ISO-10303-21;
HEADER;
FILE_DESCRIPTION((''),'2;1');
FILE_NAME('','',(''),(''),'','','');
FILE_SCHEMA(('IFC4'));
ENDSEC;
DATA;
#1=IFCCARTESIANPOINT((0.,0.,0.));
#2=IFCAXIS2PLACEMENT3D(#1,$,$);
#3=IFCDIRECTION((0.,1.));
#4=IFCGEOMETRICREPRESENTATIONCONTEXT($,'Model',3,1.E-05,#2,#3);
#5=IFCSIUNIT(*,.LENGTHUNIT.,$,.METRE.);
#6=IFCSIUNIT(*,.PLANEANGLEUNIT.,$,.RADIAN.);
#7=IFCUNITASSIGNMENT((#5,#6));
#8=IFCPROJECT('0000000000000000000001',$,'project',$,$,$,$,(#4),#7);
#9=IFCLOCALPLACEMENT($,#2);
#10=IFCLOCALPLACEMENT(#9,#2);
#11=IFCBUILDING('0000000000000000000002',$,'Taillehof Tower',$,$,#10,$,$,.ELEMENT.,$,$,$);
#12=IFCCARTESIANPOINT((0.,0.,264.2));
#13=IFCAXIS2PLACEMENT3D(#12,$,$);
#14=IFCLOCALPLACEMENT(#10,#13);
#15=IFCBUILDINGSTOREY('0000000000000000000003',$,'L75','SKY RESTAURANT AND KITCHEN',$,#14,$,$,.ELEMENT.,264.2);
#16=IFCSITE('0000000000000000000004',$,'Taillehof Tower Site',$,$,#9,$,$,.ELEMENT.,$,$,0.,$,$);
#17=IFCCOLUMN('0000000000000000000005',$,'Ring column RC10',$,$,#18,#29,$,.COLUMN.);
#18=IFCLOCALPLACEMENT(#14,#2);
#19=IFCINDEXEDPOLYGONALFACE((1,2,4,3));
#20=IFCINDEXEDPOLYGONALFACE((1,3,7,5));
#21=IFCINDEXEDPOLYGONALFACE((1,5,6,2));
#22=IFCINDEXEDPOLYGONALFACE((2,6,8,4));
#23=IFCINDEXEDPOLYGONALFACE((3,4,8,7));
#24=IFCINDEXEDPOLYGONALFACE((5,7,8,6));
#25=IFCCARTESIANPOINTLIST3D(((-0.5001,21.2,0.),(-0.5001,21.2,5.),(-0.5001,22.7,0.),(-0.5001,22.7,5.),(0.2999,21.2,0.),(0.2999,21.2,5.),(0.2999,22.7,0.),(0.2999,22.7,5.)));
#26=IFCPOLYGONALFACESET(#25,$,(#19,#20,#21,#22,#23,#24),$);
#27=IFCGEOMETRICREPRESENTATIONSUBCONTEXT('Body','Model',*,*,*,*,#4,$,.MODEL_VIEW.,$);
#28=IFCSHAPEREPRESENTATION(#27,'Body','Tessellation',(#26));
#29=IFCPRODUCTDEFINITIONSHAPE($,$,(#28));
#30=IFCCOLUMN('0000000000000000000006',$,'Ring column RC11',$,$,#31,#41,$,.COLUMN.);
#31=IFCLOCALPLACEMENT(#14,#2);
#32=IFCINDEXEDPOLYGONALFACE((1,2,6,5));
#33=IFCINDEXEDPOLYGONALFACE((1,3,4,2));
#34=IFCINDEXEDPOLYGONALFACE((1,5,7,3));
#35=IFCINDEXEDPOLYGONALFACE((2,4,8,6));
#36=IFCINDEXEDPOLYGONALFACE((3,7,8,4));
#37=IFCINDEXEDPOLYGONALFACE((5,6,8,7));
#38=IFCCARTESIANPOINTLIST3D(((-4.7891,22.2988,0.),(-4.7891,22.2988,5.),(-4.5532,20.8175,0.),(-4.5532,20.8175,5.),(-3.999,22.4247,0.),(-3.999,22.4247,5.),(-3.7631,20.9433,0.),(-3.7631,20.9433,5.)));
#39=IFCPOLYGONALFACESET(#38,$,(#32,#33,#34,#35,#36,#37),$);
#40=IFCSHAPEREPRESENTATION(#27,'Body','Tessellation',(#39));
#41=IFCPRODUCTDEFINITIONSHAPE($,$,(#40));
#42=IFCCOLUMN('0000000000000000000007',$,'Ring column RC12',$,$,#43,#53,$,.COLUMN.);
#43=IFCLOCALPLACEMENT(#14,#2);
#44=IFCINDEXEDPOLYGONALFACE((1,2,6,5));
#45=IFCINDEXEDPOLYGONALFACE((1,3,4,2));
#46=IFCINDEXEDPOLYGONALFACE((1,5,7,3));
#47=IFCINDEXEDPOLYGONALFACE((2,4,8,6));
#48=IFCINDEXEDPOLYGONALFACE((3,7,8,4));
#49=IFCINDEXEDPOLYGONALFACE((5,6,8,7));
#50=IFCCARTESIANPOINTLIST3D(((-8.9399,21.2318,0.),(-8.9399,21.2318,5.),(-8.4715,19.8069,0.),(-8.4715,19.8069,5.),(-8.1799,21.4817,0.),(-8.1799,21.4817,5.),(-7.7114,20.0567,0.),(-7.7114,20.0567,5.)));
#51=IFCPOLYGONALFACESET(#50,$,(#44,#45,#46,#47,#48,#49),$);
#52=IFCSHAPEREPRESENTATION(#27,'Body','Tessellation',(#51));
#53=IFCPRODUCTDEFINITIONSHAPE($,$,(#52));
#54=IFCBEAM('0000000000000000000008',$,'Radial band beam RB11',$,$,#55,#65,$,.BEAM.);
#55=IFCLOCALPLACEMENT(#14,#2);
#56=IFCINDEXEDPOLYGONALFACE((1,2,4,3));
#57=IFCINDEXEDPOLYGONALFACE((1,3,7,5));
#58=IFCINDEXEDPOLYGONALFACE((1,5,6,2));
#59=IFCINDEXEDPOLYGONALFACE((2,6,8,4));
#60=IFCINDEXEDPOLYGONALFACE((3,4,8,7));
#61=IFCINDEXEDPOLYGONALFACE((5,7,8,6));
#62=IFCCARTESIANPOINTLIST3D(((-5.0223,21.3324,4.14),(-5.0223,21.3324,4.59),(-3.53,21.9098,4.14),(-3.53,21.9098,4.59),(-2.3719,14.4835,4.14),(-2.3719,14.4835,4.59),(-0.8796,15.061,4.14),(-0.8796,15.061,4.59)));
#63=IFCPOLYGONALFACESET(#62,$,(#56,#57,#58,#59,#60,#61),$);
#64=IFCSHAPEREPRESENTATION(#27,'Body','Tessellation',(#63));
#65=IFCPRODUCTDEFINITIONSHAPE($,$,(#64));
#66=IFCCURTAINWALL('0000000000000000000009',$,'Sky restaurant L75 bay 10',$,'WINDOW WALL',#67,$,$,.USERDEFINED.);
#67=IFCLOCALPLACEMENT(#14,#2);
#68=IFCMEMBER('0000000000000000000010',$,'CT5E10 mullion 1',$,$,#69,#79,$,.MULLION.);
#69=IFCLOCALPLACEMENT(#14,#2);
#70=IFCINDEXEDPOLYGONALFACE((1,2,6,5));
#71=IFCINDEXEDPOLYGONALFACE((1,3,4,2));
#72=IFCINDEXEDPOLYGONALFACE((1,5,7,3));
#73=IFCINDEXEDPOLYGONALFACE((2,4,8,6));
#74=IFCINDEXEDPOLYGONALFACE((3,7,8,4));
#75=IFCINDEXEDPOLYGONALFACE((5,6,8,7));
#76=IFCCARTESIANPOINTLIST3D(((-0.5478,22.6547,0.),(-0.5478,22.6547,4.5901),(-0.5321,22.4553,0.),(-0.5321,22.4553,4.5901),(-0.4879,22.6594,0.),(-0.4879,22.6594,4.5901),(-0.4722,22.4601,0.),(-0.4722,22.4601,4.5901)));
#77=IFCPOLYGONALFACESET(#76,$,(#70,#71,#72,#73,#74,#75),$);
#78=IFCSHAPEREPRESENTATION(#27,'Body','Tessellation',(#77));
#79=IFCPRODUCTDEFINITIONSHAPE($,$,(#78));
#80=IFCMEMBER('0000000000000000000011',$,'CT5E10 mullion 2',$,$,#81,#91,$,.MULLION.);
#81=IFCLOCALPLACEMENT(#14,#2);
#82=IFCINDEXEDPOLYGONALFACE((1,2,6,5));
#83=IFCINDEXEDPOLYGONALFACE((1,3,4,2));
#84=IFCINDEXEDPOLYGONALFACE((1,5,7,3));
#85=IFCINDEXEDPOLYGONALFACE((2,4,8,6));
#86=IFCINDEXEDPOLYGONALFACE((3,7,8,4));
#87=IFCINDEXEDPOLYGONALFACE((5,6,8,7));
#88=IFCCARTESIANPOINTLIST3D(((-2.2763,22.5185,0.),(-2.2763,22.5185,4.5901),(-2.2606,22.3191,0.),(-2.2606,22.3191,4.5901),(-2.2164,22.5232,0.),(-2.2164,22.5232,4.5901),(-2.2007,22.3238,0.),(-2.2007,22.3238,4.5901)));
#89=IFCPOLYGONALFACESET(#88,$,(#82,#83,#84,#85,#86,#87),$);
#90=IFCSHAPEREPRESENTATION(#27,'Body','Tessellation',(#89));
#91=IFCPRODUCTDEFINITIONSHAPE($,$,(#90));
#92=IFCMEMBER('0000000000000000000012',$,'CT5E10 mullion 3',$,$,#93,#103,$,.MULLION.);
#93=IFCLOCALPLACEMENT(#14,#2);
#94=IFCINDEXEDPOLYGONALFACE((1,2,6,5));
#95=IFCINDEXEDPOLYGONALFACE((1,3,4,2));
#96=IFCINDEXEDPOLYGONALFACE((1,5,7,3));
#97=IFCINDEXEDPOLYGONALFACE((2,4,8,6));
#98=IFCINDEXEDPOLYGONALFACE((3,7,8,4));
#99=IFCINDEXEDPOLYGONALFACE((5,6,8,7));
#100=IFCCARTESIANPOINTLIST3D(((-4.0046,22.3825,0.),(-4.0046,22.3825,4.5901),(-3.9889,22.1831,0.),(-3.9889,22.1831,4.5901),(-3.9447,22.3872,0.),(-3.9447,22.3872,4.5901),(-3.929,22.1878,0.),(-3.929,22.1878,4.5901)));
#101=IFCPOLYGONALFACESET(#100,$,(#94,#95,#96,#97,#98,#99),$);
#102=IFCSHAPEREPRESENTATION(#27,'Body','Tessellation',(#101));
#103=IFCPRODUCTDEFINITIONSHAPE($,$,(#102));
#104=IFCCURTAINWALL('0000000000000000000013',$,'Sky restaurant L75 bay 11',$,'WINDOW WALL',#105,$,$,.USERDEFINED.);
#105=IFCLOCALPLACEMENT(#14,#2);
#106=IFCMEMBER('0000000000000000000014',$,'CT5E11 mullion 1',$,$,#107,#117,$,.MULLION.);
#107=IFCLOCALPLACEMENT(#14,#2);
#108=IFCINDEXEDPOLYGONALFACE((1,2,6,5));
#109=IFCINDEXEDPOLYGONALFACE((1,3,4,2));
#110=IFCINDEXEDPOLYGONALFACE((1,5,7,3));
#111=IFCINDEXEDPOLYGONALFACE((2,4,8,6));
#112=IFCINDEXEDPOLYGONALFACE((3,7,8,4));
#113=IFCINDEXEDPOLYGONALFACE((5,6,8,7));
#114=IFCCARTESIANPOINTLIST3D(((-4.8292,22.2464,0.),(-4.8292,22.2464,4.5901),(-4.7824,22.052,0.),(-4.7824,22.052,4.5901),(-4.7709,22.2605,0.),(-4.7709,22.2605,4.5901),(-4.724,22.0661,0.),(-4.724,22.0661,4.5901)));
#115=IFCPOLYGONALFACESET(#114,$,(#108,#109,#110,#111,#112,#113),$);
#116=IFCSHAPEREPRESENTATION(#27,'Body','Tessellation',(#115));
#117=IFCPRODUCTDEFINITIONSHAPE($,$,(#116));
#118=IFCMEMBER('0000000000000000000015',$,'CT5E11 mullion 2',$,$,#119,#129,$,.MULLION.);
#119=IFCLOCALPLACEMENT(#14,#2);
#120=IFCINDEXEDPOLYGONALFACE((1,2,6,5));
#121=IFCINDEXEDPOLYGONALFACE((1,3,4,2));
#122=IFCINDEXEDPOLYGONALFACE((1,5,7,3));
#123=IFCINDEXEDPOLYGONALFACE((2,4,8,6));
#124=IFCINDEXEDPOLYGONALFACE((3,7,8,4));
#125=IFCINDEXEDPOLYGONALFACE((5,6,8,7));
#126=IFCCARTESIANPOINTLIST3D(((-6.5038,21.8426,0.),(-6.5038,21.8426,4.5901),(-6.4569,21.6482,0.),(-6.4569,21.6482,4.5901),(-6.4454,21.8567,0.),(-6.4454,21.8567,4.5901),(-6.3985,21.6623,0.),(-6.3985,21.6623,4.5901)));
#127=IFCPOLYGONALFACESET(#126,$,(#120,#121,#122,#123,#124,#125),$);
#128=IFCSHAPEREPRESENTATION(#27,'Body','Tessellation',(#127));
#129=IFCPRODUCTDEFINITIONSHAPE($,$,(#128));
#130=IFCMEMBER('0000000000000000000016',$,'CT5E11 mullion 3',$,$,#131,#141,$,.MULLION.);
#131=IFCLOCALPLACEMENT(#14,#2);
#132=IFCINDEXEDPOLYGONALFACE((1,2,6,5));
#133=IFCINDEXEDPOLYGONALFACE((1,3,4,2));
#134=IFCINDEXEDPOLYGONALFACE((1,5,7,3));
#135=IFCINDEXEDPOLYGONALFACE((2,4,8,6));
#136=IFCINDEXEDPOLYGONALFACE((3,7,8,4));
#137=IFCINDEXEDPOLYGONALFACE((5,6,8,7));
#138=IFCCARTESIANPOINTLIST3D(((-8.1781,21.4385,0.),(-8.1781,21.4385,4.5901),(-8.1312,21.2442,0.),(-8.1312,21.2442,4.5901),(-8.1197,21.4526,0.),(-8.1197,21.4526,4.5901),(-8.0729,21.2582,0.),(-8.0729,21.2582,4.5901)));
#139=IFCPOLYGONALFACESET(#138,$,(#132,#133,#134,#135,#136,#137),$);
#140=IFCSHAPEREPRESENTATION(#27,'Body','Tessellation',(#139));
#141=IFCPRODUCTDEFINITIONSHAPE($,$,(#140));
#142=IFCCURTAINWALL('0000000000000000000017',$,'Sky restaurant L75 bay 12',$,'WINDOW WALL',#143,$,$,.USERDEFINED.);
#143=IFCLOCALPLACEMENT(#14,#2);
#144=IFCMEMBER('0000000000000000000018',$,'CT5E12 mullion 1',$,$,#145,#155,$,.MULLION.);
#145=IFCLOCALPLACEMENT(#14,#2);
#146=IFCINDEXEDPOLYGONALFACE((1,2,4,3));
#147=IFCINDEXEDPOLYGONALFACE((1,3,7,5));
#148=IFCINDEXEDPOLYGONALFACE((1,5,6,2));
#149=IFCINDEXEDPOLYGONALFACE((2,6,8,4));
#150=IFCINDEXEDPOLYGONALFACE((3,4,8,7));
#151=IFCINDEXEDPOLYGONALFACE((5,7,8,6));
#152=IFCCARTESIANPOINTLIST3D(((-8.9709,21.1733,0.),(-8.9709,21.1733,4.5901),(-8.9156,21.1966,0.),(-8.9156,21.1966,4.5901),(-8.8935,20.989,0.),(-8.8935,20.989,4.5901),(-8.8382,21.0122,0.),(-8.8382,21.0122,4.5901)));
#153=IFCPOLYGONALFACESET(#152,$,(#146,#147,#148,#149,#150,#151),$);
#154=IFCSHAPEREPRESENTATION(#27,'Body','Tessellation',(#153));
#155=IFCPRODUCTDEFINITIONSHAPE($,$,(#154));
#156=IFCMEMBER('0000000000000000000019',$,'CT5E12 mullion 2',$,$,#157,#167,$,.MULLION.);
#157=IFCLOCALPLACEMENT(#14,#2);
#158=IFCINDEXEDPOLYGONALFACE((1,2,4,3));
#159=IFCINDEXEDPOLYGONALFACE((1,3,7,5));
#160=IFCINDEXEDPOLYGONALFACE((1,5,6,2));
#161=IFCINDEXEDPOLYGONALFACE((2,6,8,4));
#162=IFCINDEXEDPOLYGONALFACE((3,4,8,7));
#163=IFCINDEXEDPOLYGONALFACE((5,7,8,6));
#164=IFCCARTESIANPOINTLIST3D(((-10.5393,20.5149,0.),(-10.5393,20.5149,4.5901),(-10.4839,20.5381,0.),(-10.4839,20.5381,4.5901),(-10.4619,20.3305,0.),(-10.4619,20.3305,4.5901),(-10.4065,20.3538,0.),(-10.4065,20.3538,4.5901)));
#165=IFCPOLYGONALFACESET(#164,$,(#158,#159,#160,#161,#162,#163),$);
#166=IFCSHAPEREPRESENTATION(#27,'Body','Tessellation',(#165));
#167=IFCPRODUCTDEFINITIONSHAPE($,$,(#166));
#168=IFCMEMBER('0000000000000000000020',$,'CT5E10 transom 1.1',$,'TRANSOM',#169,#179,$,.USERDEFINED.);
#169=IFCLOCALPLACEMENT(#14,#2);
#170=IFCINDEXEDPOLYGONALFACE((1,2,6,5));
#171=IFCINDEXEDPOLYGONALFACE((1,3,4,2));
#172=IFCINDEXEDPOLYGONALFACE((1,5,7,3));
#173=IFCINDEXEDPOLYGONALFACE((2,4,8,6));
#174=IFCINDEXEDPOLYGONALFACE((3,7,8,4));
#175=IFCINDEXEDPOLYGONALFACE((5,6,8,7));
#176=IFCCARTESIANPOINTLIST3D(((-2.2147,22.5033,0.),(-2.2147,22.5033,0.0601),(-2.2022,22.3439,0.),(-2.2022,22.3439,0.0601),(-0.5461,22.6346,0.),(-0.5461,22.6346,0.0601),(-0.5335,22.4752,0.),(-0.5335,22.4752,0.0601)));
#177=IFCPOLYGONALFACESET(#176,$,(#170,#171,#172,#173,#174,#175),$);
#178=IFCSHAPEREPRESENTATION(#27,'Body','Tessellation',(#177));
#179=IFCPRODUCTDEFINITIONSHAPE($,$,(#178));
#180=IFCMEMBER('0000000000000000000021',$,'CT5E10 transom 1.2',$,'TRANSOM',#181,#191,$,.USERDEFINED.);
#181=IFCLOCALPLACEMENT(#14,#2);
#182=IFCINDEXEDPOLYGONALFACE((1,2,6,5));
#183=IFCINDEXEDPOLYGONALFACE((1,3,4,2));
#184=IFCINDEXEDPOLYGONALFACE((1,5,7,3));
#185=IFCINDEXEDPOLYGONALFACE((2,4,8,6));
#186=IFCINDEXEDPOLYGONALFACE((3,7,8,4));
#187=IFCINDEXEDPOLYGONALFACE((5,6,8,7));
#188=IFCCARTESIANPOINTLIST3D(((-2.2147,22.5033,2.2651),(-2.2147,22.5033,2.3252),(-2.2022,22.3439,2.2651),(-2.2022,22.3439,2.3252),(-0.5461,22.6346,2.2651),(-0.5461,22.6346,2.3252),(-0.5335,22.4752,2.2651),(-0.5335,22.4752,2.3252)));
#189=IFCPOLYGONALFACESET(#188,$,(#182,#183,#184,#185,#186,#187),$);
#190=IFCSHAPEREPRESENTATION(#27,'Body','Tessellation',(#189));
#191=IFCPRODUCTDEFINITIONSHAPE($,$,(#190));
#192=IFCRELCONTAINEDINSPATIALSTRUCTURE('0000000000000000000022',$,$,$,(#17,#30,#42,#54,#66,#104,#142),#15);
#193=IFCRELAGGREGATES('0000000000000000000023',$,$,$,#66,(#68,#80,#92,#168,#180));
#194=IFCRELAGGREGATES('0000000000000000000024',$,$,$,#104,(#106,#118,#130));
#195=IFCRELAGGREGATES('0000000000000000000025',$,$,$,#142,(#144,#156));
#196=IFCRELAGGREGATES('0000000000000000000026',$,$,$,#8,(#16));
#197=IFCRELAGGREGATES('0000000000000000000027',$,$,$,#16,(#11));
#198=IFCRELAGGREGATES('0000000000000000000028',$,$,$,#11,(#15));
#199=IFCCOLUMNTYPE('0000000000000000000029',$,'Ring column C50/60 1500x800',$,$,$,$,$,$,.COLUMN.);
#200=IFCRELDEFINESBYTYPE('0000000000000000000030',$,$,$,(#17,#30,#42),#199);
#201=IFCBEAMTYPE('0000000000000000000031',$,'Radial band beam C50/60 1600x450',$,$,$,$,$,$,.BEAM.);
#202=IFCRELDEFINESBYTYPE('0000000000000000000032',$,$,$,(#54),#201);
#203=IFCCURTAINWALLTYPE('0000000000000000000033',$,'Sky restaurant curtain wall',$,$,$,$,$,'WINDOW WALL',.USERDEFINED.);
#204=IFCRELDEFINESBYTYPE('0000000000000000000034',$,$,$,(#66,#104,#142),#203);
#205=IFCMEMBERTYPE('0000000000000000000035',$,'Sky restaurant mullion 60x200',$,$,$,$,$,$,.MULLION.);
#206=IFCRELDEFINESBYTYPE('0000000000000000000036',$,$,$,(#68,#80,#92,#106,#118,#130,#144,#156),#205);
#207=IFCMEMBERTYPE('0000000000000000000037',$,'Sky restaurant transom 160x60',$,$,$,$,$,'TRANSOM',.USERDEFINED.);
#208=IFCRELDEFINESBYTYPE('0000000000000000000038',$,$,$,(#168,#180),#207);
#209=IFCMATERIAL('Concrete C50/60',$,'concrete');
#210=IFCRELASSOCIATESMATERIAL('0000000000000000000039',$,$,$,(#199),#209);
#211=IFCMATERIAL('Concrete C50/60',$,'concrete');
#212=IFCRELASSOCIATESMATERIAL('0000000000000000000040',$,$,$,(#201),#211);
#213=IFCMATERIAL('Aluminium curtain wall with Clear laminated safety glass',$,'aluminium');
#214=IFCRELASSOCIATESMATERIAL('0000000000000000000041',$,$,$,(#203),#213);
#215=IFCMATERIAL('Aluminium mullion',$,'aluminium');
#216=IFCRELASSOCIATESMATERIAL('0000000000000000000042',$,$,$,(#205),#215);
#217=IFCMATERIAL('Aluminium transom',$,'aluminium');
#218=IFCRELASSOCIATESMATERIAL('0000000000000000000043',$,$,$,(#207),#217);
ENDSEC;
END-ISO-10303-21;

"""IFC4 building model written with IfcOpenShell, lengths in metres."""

from ifc_helpers import new_model, si_unit, direction, frame, origin, origin_2d, place, context, subcontext, project, spatial, rectangle, extrude, material, material_profile, profile_set, type_object, element, aggregate, save


model = new_model("IFC4")

# Units and contexts
model_context = context("Model", 3, precision=1e-05, world=origin(), true_north=direction((0.0, 1.0)))
body_context = subcontext(model_context, "Body", "Model", "MODEL_VIEW")
ifc_project = project(units=[si_unit("LENGTHUNIT", "METRE"), si_unit("PLANEANGLEUNIT", "RADIAN")], contexts=[model_context])

# Site, building, storey
site_placement = place(None, origin())
site = spatial("IfcSite", under=ifc_project, at=site_placement, Name="Taillehof Tower Site", CompositionType="ELEMENT", RefElevation=0.0)
building_placement = place(site_placement, origin())
building = spatial("IfcBuilding", under=site, at=building_placement, Name="Taillehof Tower", CompositionType="ELEMENT")
storey_placement = place(building_placement, frame((0.0, 0.0, 264.2)))
storey = spatial("IfcBuildingStorey", under=building, at=storey_placement, Name="L75", Description="SKY RESTAURANT AND KITCHEN", CompositionType="ELEMENT", Elevation=264.2)

# Columns
ifc_material_1 = material(Name="Concrete C50/60", Category="concrete")
ifc_material_profile_1 = material_profile(ifc_material_1, rectangle(XDim=1.5, YDim=0.8, at=origin_2d()), Name="RC 1500x800")
ifc_profile_set_1 = profile_set([ifc_material_profile_1], Name="Concrete C50/60")
column_type = type_object("IfcColumnType", Name="Ring column C50/60 1500x800", PredefinedType="COLUMN", material=ifc_profile_set_1)
for number, where, z_axis, x_axis, name in (
    (1, (-0.1001, 21.95, 0.0), (0.0, 0.0, 1.0), (0.0, 1.0, 0.0), "Ring column RC10"),
    (2, (-4.2761, 21.6211, 0.0), (0.0, 0.0, 1.0), (-0.157281, 0.987554, 0.0), "Ring column RC11"),
    (3, (-8.3257, 20.6443, 0.0), (0.0, 0.0, 1.0), (-0.312304, 0.949982, 0.0), "Ring column RC12"),
):
    element("IfcColumn", number, at=place(storey_placement, frame(where, z_axis=z_axis, x_axis=x_axis)), inside=storey, type_object=column_type, Name=name, PredefinedType="COLUMN", context=body_context, shape_type="SweptSolid", body=[
        extrude(rectangle(XDim=1.5, YDim=0.8, at=origin_2d()), origin(), (0.0, 0.0, 1.0), 5.0),
    ])

# Beam
ifc_material_2 = material(Name="Concrete C50/60", Category="concrete")
ifc_material_profile_2 = material_profile(ifc_material_2, rectangle(XDim=1.6001, YDim=0.45, at=origin_2d()), Name="RC 1600x450")
ifc_profile_set_2 = profile_set([ifc_material_profile_2], Name="Concrete C50/60")
beam_type_1 = type_object("IfcBeamType", Name="Radial band beam C50/60 1600x450", PredefinedType="BEAM", material=ifc_profile_set_2)
beam_1_placement = place(storey_placement, frame((-4.2761, 21.6211, 4.365), z_axis=(0.360901, -0.932604, 0.0), x_axis=(0.932604, 0.360901, 0.0)))
element("IfcBeam", 4, at=beam_1_placement, inside=storey, type_object=beam_type_1, Name="Radial band beam RB11", PredefinedType="BEAM", context=body_context, shape_type="SweptSolid", body=[
    extrude(rectangle(XDim=1.6001, YDim=0.45, at=origin_2d()), origin(), (0.0, 0.0, 1.0), 7.3438),
])

# Curtain walls, members
ifc_material_3 = material(Name="Aluminium curtain wall with Clear laminated safety glass", Category="aluminium")
curtain_wall_type = type_object("IfcCurtainWallType", Name="Sky restaurant curtain wall", ElementType="WINDOW WALL", PredefinedType="USERDEFINED", material=ifc_material_3)
curtain_wall_1_placement = place(storey_placement, origin())
curtain_wall_1 = element("IfcCurtainWall", 5, at=curtain_wall_1_placement, inside=storey, type_object=curtain_wall_type, Name="Sky restaurant L75 bay 10", ObjectType="WINDOW WALL", PredefinedType="USERDEFINED")
ifc_material_4 = material(Name="Aluminium mullion", Category="aluminium")
ifc_material_profile_3 = material_profile(ifc_material_4, rectangle(XDim=0.2, YDim=0.0601, at=origin_2d()), Name="AL 60x200")
ifc_profile_set_3 = profile_set([ifc_material_profile_3], Name="Aluminium mullion")
member_type_1 = type_object("IfcMemberType", Name="Sky restaurant mullion 60x200", PredefinedType="MULLION", material=ifc_profile_set_3)
member_1_placement = place(storey_placement, frame((-0.51, 22.5574, 0.0), z_axis=(0.0, 0.0, 1.0), x_axis=(0.078525, -0.996912, 0.0)))
member_1 = element("IfcMember", 6, at=member_1_placement, type_object=member_type_1, Name="CT5E10 mullion 1", PredefinedType="MULLION", context=body_context, shape_type="SweptSolid", body=[
    extrude(rectangle(XDim=0.2, YDim=0.0601, at=origin_2d()), origin(), (0.0, 0.0, 1.0), 4.5901),
])
member_2_placement = place(storey_placement, frame((-2.2385, 22.4211, 0.0), z_axis=(0.0, 0.0, 1.0), x_axis=(0.078525, -0.996912, 0.0)))
member_2 = element("IfcMember", 7, at=member_2_placement, type_object=member_type_1, Name="CT5E10 mullion 2", PredefinedType="MULLION", context=body_context, shape_type="SweptSolid", body=[
    extrude(rectangle(XDim=0.2, YDim=0.0601, at=origin_2d()), origin(), (0.0, 0.0, 1.0), 4.5901),
])
member_3_placement = place(storey_placement, frame((-3.9668, 22.2852, 0.0), z_axis=(0.0, 0.0, 1.0), x_axis=(0.078525, -0.996912, 0.0)))
member_3 = element("IfcMember", 8, at=member_3_placement, type_object=member_type_1, Name="CT5E10 mullion 3", PredefinedType="MULLION", context=body_context, shape_type="SweptSolid", body=[
    extrude(rectangle(XDim=0.2, YDim=0.0601, at=origin_2d()), origin(), (0.0, 0.0, 1.0), 4.5901),
])
curtain_wall_2_placement = place(storey_placement, origin())
curtain_wall_2 = element("IfcCurtainWall", 9, at=curtain_wall_2_placement, inside=storey, type_object=curtain_wall_type, Name="Sky restaurant L75 bay 11", ObjectType="WINDOW WALL", PredefinedType="USERDEFINED")
member_4_placement = place(storey_placement, frame((-4.7766, 22.1562, 0.0), z_axis=(0.0, 0.0, 1.0), x_axis=(0.234515, -0.972113, 0.0)))
member_4 = element("IfcMember", 10, at=member_4_placement, type_object=member_type_1, Name="CT5E11 mullion 1", PredefinedType="MULLION", context=body_context, shape_type="SweptSolid", body=[
    extrude(rectangle(XDim=0.2, YDim=0.0601, at=origin_2d()), origin(), (0.0, 0.0, 1.0), 4.5901),
])
member_5_placement = place(storey_placement, frame((-6.4512, 21.7524, 0.0), z_axis=(0.0, 0.0, 1.0), x_axis=(0.234515, -0.972113, 0.0)))
member_5 = element("IfcMember", 11, at=member_5_placement, type_object=member_type_1, Name="CT5E11 mullion 2", PredefinedType="MULLION", context=body_context, shape_type="SweptSolid", body=[
    extrude(rectangle(XDim=0.2, YDim=0.0601, at=origin_2d()), origin(), (0.0, 0.0, 1.0), 4.5901),
])
member_6_placement = place(storey_placement, frame((-8.1255, 21.3484, 0.0), z_axis=(0.0, 0.0, 1.0), x_axis=(0.234515, -0.972113, 0.0)))
member_6 = element("IfcMember", 12, at=member_6_placement, type_object=member_type_1, Name="CT5E11 mullion 3", PredefinedType="MULLION", context=body_context, shape_type="SweptSolid", body=[
    extrude(rectangle(XDim=0.2, YDim=0.0601, at=origin_2d()), origin(), (0.0, 0.0, 1.0), 4.5901),
])
curtain_wall_3_placement = place(storey_placement, origin())
curtain_wall_3 = element("IfcCurtainWall", 13, at=curtain_wall_3_placement, inside=storey, type_object=curtain_wall_type, Name="Sky restaurant L75 bay 12", ObjectType="WINDOW WALL", PredefinedType="USERDEFINED")
member_7_placement = place(storey_placement, frame((-8.9045, 21.0928, 0.0), z_axis=(0.0, 0.0, 1.0), x_axis=(0.387101, -0.922037, 0.0)))
member_7 = element("IfcMember", 14, at=member_7_placement, type_object=member_type_1, Name="CT5E12 mullion 1", PredefinedType="MULLION", context=body_context, shape_type="SweptSolid", body=[
    extrude(rectangle(XDim=0.2, YDim=0.0601, at=origin_2d()), origin(), (0.0, 0.0, 1.0), 4.5901),
])
member_8_placement = place(storey_placement, frame((-10.4729, 20.4343, 0.0), z_axis=(0.0, 0.0, 1.0), x_axis=(0.387101, -0.922037, 0.0)))
member_8 = element("IfcMember", 15, at=member_8_placement, type_object=member_type_1, Name="CT5E12 mullion 2", PredefinedType="MULLION", context=body_context, shape_type="SweptSolid", body=[
    extrude(rectangle(XDim=0.2, YDim=0.0601, at=origin_2d()), origin(), (0.0, 0.0, 1.0), 4.5901),
])

# Members
ifc_material_5 = material(Name="Aluminium transom", Category="aluminium")
ifc_material_profile_4 = material_profile(ifc_material_5, rectangle(XDim=0.1599, YDim=0.0601, at=origin_2d()), Name="AL 160x60")
ifc_profile_set_4 = profile_set([ifc_material_profile_4], Name="Aluminium transom")
member_type_2 = type_object("IfcMemberType", Name="Sky restaurant transom 160x60", ElementType="TRANSOM", PredefinedType="USERDEFINED", material=ifc_profile_set_4)
member_9_placement = place(storey_placement, frame((-0.5398, 22.5549, 0.03), z_axis=(-0.996916, -0.07847, 0.0), x_axis=(0.07847, -0.996916, 0.0)))
member_9 = element("IfcMember", 16, at=member_9_placement, type_object=member_type_2, Name="CT5E10 transom 1.1", ObjectType="TRANSOM", PredefinedType="USERDEFINED", context=body_context, shape_type="SweptSolid", body=[
    extrude(rectangle(XDim=0.1599, YDim=0.0601, at=origin_2d()), origin(), (0.0, 0.0, 1.0), 1.6738),
])
member_10_placement = place(storey_placement, frame((-0.5398, 22.5549, 2.2952), z_axis=(-0.996916, -0.07847, 0.0), x_axis=(0.07847, -0.996916, 0.0)))
member_10 = element("IfcMember", 17, at=member_10_placement, type_object=member_type_2, Name="CT5E10 transom 1.2", ObjectType="TRANSOM", PredefinedType="USERDEFINED", context=body_context, shape_type="SweptSolid", body=[
    extrude(rectangle(XDim=0.1599, YDim=0.0601, at=origin_2d()), origin(), (0.0, 0.0, 1.0), 1.6738),
])

aggregate(curtain_wall_1, [member_1, member_2, member_3, member_9, member_10])
aggregate(curtain_wall_2, [member_4, member_5, member_6])
aggregate(curtain_wall_3, [member_7, member_8])

save(model, "model.ifc")
